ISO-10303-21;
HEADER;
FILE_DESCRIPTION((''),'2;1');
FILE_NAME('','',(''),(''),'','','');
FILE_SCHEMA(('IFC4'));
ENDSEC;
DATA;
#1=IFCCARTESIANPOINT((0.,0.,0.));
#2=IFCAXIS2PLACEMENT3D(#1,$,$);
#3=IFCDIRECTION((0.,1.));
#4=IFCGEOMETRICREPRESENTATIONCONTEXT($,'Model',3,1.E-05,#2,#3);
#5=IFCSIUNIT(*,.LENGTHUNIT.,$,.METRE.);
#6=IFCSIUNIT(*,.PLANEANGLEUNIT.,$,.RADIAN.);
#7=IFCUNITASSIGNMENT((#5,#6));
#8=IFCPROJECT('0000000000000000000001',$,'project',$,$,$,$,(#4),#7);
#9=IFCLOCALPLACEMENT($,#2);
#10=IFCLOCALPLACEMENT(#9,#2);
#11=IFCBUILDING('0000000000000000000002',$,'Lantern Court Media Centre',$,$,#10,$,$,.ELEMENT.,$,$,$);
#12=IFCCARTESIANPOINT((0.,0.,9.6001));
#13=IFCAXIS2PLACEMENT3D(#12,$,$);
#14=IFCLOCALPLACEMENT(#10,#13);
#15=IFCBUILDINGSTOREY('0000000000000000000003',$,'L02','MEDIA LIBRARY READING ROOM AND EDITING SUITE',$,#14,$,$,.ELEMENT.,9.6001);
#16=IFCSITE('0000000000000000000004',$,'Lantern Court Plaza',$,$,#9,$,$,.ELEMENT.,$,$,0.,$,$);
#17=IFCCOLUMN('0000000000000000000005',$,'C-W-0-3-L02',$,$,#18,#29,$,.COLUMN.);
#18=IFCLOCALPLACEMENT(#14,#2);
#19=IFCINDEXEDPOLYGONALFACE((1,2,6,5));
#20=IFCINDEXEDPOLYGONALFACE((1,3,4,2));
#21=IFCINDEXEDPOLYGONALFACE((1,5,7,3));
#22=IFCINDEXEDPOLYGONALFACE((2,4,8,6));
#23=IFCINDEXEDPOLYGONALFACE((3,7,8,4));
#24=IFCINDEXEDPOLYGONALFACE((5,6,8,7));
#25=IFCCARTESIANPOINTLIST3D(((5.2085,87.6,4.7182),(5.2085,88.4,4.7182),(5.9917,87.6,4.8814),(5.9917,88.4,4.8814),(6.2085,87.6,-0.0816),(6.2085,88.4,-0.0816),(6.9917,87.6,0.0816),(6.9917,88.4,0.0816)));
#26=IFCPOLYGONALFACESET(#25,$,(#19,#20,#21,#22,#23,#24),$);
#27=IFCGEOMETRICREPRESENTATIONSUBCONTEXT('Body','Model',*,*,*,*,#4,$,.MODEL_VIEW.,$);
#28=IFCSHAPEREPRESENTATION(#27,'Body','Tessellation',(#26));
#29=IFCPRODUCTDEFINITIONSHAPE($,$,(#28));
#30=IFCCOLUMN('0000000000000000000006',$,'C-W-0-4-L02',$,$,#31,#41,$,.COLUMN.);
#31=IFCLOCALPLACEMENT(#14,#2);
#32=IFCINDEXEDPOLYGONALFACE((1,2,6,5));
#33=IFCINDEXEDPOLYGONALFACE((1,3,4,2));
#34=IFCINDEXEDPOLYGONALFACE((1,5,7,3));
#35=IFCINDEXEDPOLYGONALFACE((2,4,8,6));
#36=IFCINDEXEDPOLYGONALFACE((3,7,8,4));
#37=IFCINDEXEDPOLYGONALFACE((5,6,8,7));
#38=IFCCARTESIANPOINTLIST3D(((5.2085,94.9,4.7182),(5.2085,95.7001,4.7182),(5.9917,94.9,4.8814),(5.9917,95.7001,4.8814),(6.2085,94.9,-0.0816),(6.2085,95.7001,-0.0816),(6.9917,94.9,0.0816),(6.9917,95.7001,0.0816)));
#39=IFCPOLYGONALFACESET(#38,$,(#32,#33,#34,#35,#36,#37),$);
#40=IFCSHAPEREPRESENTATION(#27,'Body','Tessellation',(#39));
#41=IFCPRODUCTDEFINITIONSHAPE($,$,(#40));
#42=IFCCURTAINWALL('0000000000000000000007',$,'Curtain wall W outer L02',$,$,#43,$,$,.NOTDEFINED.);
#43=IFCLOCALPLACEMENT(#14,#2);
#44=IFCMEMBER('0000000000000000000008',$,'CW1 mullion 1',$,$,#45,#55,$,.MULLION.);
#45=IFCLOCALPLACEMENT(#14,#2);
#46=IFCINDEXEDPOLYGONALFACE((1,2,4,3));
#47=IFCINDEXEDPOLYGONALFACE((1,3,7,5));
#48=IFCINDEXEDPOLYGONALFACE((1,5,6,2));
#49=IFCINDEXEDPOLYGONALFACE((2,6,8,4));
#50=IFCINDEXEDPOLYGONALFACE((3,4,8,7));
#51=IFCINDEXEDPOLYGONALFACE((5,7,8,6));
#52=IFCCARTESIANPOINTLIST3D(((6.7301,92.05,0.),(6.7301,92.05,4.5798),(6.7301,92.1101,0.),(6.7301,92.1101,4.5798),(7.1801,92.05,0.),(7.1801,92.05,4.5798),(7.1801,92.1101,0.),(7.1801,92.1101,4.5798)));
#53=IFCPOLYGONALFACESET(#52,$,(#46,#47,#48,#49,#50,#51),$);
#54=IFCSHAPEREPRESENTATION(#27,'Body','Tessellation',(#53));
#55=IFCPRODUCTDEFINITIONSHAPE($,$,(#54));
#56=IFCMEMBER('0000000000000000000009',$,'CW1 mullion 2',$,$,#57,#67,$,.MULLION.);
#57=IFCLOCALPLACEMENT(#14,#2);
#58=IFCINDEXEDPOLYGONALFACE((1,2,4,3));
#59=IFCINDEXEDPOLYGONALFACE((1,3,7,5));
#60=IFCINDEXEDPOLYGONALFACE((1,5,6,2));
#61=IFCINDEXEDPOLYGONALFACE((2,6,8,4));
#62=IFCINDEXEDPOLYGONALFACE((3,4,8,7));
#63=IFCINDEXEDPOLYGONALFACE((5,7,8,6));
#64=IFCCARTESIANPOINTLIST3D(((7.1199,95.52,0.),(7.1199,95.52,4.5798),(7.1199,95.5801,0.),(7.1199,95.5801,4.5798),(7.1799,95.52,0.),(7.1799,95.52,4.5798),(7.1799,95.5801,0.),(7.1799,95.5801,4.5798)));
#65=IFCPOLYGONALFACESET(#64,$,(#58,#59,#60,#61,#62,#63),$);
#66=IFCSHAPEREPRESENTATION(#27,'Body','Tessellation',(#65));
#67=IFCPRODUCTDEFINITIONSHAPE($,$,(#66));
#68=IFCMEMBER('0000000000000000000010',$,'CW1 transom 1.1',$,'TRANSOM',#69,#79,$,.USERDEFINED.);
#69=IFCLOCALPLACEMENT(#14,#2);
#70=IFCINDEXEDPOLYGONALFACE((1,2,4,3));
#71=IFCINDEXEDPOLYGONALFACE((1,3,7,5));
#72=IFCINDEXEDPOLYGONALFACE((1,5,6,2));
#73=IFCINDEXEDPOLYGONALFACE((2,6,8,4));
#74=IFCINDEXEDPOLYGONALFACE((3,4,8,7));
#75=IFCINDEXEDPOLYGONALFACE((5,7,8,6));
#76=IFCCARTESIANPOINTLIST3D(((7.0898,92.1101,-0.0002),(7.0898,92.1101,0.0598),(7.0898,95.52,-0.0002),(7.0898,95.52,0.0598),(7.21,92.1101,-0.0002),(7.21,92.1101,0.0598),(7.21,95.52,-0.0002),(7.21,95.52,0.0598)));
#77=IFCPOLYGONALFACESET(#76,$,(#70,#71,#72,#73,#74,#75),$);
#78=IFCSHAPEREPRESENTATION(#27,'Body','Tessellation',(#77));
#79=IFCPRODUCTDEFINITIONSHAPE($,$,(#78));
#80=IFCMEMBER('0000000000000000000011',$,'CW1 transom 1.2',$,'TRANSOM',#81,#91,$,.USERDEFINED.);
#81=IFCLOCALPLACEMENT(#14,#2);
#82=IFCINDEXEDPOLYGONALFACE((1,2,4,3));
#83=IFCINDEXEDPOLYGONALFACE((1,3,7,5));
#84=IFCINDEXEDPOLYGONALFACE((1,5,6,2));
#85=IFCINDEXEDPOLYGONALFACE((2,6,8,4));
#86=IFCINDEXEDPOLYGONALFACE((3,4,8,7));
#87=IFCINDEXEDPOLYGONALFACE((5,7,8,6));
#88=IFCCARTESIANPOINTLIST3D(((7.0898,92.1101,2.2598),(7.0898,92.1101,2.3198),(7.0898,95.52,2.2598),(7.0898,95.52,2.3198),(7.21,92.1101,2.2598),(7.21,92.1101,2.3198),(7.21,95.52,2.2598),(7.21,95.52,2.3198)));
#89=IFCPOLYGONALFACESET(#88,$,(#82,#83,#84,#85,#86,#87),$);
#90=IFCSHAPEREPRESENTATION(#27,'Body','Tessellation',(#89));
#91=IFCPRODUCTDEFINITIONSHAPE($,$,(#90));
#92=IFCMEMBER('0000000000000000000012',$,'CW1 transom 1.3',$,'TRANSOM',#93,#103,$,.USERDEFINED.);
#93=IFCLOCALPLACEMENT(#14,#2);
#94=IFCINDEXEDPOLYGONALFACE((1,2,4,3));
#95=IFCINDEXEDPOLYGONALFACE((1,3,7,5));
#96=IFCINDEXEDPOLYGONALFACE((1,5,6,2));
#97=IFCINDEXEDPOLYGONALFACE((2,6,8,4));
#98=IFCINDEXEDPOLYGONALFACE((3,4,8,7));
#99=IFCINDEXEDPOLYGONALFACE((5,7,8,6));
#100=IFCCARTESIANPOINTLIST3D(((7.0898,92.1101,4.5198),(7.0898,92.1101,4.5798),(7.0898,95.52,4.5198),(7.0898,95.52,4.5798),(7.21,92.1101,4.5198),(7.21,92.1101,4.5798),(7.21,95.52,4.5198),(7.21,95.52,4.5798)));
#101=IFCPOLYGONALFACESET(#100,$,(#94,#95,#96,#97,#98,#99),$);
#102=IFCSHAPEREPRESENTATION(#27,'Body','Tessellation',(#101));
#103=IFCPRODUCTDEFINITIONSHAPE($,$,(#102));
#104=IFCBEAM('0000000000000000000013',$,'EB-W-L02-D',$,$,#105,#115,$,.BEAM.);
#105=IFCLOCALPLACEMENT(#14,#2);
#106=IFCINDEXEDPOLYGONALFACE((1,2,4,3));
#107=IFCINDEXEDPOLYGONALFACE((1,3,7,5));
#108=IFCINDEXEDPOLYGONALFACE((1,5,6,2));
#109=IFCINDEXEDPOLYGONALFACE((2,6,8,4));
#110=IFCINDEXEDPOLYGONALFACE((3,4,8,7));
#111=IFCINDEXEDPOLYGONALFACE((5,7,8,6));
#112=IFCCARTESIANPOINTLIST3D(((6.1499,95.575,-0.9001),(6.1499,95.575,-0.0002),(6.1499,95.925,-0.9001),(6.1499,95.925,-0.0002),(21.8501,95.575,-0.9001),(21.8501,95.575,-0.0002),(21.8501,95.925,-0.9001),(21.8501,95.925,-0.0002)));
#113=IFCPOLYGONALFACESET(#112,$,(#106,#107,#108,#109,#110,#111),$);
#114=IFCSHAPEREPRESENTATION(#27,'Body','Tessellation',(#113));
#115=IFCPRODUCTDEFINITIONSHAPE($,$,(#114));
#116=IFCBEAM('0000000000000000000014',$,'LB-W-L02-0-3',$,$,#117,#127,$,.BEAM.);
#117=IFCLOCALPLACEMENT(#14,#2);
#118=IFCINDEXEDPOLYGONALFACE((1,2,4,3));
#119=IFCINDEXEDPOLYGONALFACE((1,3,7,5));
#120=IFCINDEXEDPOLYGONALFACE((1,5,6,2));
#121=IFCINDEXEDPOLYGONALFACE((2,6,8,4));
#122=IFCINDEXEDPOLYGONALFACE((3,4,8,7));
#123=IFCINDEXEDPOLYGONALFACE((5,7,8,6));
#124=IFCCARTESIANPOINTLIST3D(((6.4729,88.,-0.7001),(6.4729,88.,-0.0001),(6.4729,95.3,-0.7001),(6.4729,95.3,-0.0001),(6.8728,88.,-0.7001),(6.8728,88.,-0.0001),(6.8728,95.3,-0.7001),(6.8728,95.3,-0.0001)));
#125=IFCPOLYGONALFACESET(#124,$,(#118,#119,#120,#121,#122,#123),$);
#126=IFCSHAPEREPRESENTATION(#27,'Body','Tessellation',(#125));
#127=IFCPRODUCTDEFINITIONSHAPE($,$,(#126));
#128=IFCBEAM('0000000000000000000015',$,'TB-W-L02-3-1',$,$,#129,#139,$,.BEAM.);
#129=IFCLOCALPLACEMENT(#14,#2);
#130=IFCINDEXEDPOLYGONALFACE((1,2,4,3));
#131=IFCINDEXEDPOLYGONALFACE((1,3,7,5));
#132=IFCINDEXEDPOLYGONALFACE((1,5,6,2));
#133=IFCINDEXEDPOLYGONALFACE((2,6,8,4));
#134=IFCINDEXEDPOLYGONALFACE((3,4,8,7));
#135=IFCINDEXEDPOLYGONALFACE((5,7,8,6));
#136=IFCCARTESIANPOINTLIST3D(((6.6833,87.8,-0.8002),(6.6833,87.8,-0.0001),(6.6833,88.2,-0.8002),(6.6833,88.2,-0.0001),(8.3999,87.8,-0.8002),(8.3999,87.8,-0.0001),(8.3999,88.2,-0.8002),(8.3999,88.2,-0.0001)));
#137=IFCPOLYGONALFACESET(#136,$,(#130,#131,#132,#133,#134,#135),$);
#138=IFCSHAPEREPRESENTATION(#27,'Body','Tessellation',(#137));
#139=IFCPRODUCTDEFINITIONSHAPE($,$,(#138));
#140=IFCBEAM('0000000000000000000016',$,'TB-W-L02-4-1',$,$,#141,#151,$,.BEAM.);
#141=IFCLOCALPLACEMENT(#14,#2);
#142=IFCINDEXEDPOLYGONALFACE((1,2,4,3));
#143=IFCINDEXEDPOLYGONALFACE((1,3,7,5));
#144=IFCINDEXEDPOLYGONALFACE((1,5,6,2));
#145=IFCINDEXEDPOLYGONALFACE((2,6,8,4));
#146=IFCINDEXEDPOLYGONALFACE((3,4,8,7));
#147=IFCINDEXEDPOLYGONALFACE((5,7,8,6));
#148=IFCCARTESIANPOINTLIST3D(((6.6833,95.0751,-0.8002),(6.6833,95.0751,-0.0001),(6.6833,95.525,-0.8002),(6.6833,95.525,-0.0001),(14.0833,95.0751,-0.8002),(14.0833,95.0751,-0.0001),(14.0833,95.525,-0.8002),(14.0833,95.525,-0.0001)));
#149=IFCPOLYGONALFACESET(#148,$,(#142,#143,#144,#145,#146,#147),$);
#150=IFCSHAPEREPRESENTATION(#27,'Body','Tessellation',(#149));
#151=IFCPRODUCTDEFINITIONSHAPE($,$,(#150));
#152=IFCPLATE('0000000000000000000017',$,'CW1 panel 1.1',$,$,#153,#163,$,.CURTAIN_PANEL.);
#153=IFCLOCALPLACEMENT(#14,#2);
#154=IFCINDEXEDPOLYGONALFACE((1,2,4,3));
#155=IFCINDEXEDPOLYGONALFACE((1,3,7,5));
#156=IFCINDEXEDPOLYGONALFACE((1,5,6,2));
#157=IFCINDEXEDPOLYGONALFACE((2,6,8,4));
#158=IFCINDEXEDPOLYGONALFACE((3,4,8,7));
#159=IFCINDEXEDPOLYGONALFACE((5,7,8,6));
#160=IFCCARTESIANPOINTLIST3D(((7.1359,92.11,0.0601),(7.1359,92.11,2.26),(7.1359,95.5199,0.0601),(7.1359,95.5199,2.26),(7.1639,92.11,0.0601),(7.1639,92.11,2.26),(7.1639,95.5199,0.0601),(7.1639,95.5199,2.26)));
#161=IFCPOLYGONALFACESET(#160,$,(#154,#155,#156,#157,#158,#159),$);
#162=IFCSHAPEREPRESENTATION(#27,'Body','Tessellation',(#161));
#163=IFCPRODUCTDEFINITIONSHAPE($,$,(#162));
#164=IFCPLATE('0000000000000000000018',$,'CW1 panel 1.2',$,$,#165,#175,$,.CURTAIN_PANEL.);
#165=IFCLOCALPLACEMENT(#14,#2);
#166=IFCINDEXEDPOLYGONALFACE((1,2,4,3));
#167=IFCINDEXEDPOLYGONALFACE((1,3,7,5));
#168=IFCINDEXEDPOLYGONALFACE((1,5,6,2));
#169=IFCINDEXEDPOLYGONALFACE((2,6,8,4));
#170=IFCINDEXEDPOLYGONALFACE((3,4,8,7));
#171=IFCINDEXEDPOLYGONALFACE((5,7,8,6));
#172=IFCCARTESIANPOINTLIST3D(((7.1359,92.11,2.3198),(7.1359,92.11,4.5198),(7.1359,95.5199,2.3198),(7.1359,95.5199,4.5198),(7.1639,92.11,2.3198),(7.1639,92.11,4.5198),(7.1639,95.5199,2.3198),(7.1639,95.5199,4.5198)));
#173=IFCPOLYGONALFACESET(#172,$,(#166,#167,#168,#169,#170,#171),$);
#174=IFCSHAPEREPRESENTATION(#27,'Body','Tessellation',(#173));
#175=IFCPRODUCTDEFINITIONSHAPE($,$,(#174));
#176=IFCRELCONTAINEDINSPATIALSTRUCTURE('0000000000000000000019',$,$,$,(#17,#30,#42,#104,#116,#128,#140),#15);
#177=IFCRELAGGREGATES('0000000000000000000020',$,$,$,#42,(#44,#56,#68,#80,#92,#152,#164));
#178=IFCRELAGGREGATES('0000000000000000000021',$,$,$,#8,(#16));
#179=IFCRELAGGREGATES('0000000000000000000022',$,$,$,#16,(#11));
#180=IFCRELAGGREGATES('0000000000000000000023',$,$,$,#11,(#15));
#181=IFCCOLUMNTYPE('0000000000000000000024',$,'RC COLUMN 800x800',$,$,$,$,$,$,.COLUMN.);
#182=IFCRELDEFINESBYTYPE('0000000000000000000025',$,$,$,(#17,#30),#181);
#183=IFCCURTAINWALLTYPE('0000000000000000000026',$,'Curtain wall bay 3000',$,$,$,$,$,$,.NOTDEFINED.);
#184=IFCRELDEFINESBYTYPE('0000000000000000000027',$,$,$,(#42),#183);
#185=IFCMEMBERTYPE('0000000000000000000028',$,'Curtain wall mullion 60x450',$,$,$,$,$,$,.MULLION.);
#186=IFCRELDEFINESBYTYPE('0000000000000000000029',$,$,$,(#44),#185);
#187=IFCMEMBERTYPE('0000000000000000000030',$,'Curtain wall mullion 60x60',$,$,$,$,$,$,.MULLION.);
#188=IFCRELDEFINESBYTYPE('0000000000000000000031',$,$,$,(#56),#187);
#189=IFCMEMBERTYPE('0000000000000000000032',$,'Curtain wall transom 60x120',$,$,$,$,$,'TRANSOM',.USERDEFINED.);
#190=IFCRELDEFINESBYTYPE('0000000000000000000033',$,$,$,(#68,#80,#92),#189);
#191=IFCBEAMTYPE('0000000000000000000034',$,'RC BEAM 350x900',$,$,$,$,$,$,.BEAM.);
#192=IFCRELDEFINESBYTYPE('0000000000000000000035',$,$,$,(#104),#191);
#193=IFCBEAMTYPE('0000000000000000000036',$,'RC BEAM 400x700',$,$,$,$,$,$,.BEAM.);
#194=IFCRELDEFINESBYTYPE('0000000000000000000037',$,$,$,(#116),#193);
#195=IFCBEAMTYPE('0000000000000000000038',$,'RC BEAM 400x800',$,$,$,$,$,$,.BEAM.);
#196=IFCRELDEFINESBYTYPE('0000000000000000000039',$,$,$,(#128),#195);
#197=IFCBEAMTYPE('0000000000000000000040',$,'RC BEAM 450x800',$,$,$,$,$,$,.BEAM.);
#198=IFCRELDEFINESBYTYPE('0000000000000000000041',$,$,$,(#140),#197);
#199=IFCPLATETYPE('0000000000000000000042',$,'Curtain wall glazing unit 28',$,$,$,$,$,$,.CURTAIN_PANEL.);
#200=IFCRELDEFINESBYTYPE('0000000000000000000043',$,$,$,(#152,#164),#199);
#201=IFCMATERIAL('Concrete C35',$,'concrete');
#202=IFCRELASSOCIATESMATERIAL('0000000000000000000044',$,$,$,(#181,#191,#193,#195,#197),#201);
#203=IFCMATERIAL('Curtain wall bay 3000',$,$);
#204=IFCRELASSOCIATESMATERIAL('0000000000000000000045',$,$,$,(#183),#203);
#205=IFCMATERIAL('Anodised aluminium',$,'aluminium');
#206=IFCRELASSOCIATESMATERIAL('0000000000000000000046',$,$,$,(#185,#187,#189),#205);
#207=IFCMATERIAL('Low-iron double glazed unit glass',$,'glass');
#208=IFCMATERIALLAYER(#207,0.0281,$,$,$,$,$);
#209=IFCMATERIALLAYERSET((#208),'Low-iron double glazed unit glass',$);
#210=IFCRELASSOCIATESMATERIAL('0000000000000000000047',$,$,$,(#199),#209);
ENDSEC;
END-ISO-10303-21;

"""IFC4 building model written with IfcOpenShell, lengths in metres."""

from ifc_helpers import new_model, si_unit, direction, frame, origin, origin_2d, place, context, subcontext, project, spatial, rectangle, extrude, material, layer, layer_set, material_profile, profile_set, type_object, element, aggregate, save


model = new_model("IFC4")

# Units and contexts
model_context = context("Model", 3, precision=1e-05, world=origin(), true_north=direction((0.0, 1.0)))
body_context = subcontext(model_context, "Body", "Model", "MODEL_VIEW")
ifc_project = project(units=[si_unit("LENGTHUNIT", "METRE"), si_unit("PLANEANGLEUNIT", "RADIAN")], contexts=[model_context])

# Site, building, storey
site_placement = place(None, origin())
site = spatial("IfcSite", under=ifc_project, at=site_placement, Name="Lantern Court Plaza", CompositionType="ELEMENT", RefElevation=0.0)
building_placement = place(site_placement, origin())
building = spatial("IfcBuilding", under=site, at=building_placement, Name="Lantern Court Media Centre", CompositionType="ELEMENT")
storey_placement = place(building_placement, frame((0.0, 0.0, 9.6001)))
storey = spatial("IfcBuildingStorey", under=building, at=storey_placement, Name="L02", Description="MEDIA LIBRARY READING ROOM AND EDITING SUITE", CompositionType="ELEMENT", Elevation=9.6001)

# Columns
ifc_material_1 = material(Name="Concrete C35", Category="concrete")
ifc_material_profile_1 = material_profile(ifc_material_1, rectangle(XDim=0.8, YDim=0.8, at=origin_2d()), Name="RC 800x800")
ifc_profile_set_1 = profile_set([ifc_material_profile_1], Name="Concrete C35")
column_type = type_object("IfcColumnType", Name="RC COLUMN 800x800", PredefinedType="COLUMN", material=ifc_profile_set_1)
for number, where, z_axis, x_axis, name in (
    (1, (6.6001, 88.0, 0.0), (-0.203962, 0.0, 0.978979), (0.0, -1.0, 0.0), "C-W-0-3-L02"),
    (2, (6.6001, 95.3, 0.0), (-0.203962, 0.0, 0.978979), (0.0, -1.0, 0.0), "C-W-0-4-L02"),
):
    element("IfcColumn", number, at=place(storey_placement, frame(where, z_axis=z_axis, x_axis=x_axis)), inside=storey, type_object=column_type, Name=name, PredefinedType="COLUMN", context=body_context, shape_type="SweptSolid", body=[
        extrude(rectangle(XDim=0.8, YDim=0.8, at=origin_2d()), origin(), (0.0, 0.0, 1.0), 4.9028),
    ])

# Curtain wall, members
ifc_material_2 = material(Name="Curtain wall bay 3000")
curtain_wall_type = type_object("IfcCurtainWallType", Name="Curtain wall bay 3000", PredefinedType="NOTDEFINED", material=ifc_material_2)
curtain_wall_placement = place(storey_placement, origin())
curtain_wall = element("IfcCurtainWall", 3, at=curtain_wall_placement, inside=storey, type_object=curtain_wall_type, Name="Curtain wall W outer L02", PredefinedType="NOTDEFINED")
ifc_material_3 = material(Name="Anodised aluminium", Category="aluminium")
ifc_material_profile_2 = material_profile(ifc_material_3, rectangle(XDim=0.45, YDim=0.0601, at=origin_2d()), Name="AL 60x450")
ifc_profile_set_2 = profile_set([ifc_material_profile_2], Name="Anodised aluminium")
member_type_1 = type_object("IfcMemberType", Name="Curtain wall mullion 60x450", PredefinedType="MULLION", material=ifc_profile_set_2)
member_1_placement = place(storey_placement, frame((6.9551, 92.0801, 0.0), z_axis=(0.0, 0.0, 1.0), x_axis=(-1.0, 0.0, 0.0)))
member_1 = element("IfcMember", 4, at=member_1_placement, type_object=member_type_1, Name="CW1 mullion 1", PredefinedType="MULLION", context=body_context, shape_type="SweptSolid", body=[
    extrude(rectangle(XDim=0.45, YDim=0.0601, at=origin_2d()), origin(), (0.0, 0.0, 1.0), 4.5798),
])
ifc_material_profile_3 = material_profile(ifc_material_3, rectangle(XDim=0.0601, YDim=0.0601, at=origin_2d()), Name="AL 60x60")
ifc_profile_set_3 = profile_set([ifc_material_profile_3], Name="Anodised aluminium")
member_type_2 = type_object("IfcMemberType", Name="Curtain wall mullion 60x60", PredefinedType="MULLION", material=ifc_profile_set_3)
member_2_placement = place(storey_placement, frame((7.1499, 95.55, 0.0), z_axis=(0.0, 0.0, 1.0), x_axis=(-1.0, 0.0, 0.0)))
member_2 = element("IfcMember", 5, at=member_2_placement, type_object=member_type_2, Name="CW1 mullion 2", PredefinedType="MULLION", context=body_context, shape_type="SweptSolid", body=[
    extrude(rectangle(XDim=0.0601, YDim=0.0601, at=origin_2d()), origin(), (0.0, 0.0, 1.0), 4.5798),
])
ifc_material_profile_4 = material_profile(ifc_material_3, rectangle(XDim=0.1201, YDim=0.0601, at=origin_2d()), Name="AL 60x120")
ifc_profile_set_4 = profile_set([ifc_material_profile_4], Name="Anodised aluminium")
member_type_3 = type_object("IfcMemberType", Name="Curtain wall transom 60x120", ElementType="TRANSOM", PredefinedType="USERDEFINED", material=ifc_profile_set_4)
member_3_placement = place(storey_placement, frame((7.1499, 92.1101, 0.0298), z_axis=(0.0, 1.0, 0.0), x_axis=(-1.0, 0.0, 0.0)))
member_3 = element("IfcMember", 6, at=member_3_placement, type_object=member_type_3, Name="CW1 transom 1.1", ObjectType="TRANSOM", PredefinedType="USERDEFINED", context=body_context, shape_type="SweptSolid", body=[
    extrude(rectangle(XDim=0.1201, YDim=0.0601, at=origin_2d()), origin(), (0.0, 0.0, 1.0), 3.4099),
])
member_4_placement = place(storey_placement, frame((7.1499, 92.1101, 2.2898), z_axis=(0.0, 1.0, 0.0), x_axis=(-1.0, 0.0, 0.0)))
member_4 = element("IfcMember", 7, at=member_4_placement, type_object=member_type_3, Name="CW1 transom 1.2", ObjectType="TRANSOM", PredefinedType="USERDEFINED", context=body_context, shape_type="SweptSolid", body=[
    extrude(rectangle(XDim=0.1201, YDim=0.0601, at=origin_2d()), origin(), (0.0, 0.0, 1.0), 3.4099),
])
member_5_placement = place(storey_placement, frame((7.1499, 92.1101, 4.5498), z_axis=(0.0, 1.0, 0.0), x_axis=(-1.0, 0.0, 0.0)))
member_5 = element("IfcMember", 8, at=member_5_placement, type_object=member_type_3, Name="CW1 transom 1.3", ObjectType="TRANSOM", PredefinedType="USERDEFINED", context=body_context, shape_type="SweptSolid", body=[
    extrude(rectangle(XDim=0.1201, YDim=0.0601, at=origin_2d()), origin(), (0.0, 0.0, 1.0), 3.4099),
])

# Beams
ifc_material_profile_5 = material_profile(ifc_material_1, rectangle(XDim=0.3501, YDim=0.8999, at=origin_2d()), Name="RC 350x900")
ifc_profile_set_5 = profile_set([ifc_material_profile_5], Name="Concrete C35")
beam_type_1 = type_object("IfcBeamType", Name="RC BEAM 350x900", PredefinedType="BEAM", material=ifc_profile_set_5)
beam_1_placement = place(storey_placement, frame((6.1499, 95.75, -0.4502), z_axis=(1.0, 0.0, 0.0), x_axis=(0.0, 1.0, 0.0)))
element("IfcBeam", 9, at=beam_1_placement, inside=storey, type_object=beam_type_1, Name="EB-W-L02-D", PredefinedType="BEAM", context=body_context, shape_type="SweptSolid", body=[
    extrude(rectangle(XDim=0.3501, YDim=0.8999, at=origin_2d()), origin(), (0.0, 0.0, 1.0), 15.7002),
])
ifc_material_profile_6 = material_profile(ifc_material_1, rectangle(XDim=0.3999, YDim=0.7, at=origin_2d()), Name="RC 400x700")
ifc_profile_set_6 = profile_set([ifc_material_profile_6], Name="Concrete C35")
beam_type_2 = type_object("IfcBeamType", Name="RC BEAM 400x700", PredefinedType="BEAM", material=ifc_profile_set_6)
beam_2_placement = place(storey_placement, frame((6.6729, 88.0, -0.3501), z_axis=(0.0, 1.0, 0.0), x_axis=(-1.0, 0.0, 0.0)))
element("IfcBeam", 10, at=beam_2_placement, inside=storey, type_object=beam_type_2, Name="LB-W-L02-0-3", PredefinedType="BEAM", context=body_context, shape_type="SweptSolid", body=[
    extrude(rectangle(XDim=0.3999, YDim=0.7, at=origin_2d()), origin(), (0.0, 0.0, 1.0), 7.3),
])
ifc_material_profile_7 = material_profile(ifc_material_1, rectangle(XDim=0.3999, YDim=0.8, at=origin_2d()), Name="RC 400x800")
ifc_profile_set_7 = profile_set([ifc_material_profile_7], Name="Concrete C35")
beam_type_3 = type_object("IfcBeamType", Name="RC BEAM 400x800", PredefinedType="BEAM", material=ifc_profile_set_7)
beam_3_placement = place(storey_placement, frame((6.6833, 88.0, -0.4001), z_axis=(1.0, 0.0, 0.0), x_axis=(0.0, 1.0, 0.0)))
element("IfcBeam", 11, at=beam_3_placement, inside=storey, type_object=beam_type_3, Name="TB-W-L02-3-1", PredefinedType="BEAM", context=body_context, shape_type="SweptSolid", body=[
    extrude(rectangle(XDim=0.3999, YDim=0.8, at=origin_2d()), origin(), (0.0, 0.0, 1.0), 1.7166),
])
ifc_material_profile_8 = material_profile(ifc_material_1, rectangle(XDim=0.45, YDim=0.8, at=origin_2d()), Name="RC 450x800")
ifc_profile_set_8 = profile_set([ifc_material_profile_8], Name="Concrete C35")
beam_type_4 = type_object("IfcBeamType", Name="RC BEAM 450x800", PredefinedType="BEAM", material=ifc_profile_set_8)
beam_4_placement = place(storey_placement, frame((6.6833, 95.3, -0.4001), z_axis=(1.0, 0.0, 0.0), x_axis=(0.0, 1.0, 0.0)))
element("IfcBeam", 12, at=beam_4_placement, inside=storey, type_object=beam_type_4, Name="TB-W-L02-4-1", PredefinedType="BEAM", context=body_context, shape_type="SweptSolid", body=[
    extrude(rectangle(XDim=0.45, YDim=0.8, at=origin_2d()), origin(), (0.0, 0.0, 1.0), 7.3999),
])

# Plates
ifc_material_4 = material(Name="Low-iron double glazed unit glass", Category="glass")
ifc_layer_1 = layer(ifc_material_4, 0.0281)
ifc_layer_set_1 = layer_set([ifc_layer_1], Name="Low-iron double glazed unit glass")
plate_type = type_object("IfcPlateType", Name="Curtain wall glazing unit 28", PredefinedType="CURTAIN_PANEL", material=ifc_layer_set_1)
plate_1_placement = place(storey_placement, frame((7.1499, 93.8149, 0.0601), z_axis=(0.0, 0.0, 1.0), x_axis=(0.0, 1.0, 0.0)))
plate_1 = element("IfcPlate", 13, at=plate_1_placement, type_object=plate_type, Name="CW1 panel 1.1", PredefinedType="CURTAIN_PANEL", context=body_context, shape_type="SweptSolid", body=[
    extrude(rectangle(XDim=3.4099, YDim=0.0281, at=origin_2d()), origin(), (0.0, 0.0, 1.0), 2.2),
])
plate_2_placement = place(storey_placement, frame((7.1499, 93.8149, 2.3198), z_axis=(0.0, 0.0, 1.0), x_axis=(0.0, 1.0, 0.0)))
plate_2 = element("IfcPlate", 14, at=plate_2_placement, type_object=plate_type, Name="CW1 panel 1.2", PredefinedType="CURTAIN_PANEL", context=body_context, shape_type="SweptSolid", body=[
    extrude(rectangle(XDim=3.4099, YDim=0.0281, at=origin_2d()), origin(), (0.0, 0.0, 1.0), 2.2),
])
aggregate(curtain_wall, [member_1, member_2, member_3, member_4, member_5, plate_1, plate_2])

save(model, "model.ifc")
